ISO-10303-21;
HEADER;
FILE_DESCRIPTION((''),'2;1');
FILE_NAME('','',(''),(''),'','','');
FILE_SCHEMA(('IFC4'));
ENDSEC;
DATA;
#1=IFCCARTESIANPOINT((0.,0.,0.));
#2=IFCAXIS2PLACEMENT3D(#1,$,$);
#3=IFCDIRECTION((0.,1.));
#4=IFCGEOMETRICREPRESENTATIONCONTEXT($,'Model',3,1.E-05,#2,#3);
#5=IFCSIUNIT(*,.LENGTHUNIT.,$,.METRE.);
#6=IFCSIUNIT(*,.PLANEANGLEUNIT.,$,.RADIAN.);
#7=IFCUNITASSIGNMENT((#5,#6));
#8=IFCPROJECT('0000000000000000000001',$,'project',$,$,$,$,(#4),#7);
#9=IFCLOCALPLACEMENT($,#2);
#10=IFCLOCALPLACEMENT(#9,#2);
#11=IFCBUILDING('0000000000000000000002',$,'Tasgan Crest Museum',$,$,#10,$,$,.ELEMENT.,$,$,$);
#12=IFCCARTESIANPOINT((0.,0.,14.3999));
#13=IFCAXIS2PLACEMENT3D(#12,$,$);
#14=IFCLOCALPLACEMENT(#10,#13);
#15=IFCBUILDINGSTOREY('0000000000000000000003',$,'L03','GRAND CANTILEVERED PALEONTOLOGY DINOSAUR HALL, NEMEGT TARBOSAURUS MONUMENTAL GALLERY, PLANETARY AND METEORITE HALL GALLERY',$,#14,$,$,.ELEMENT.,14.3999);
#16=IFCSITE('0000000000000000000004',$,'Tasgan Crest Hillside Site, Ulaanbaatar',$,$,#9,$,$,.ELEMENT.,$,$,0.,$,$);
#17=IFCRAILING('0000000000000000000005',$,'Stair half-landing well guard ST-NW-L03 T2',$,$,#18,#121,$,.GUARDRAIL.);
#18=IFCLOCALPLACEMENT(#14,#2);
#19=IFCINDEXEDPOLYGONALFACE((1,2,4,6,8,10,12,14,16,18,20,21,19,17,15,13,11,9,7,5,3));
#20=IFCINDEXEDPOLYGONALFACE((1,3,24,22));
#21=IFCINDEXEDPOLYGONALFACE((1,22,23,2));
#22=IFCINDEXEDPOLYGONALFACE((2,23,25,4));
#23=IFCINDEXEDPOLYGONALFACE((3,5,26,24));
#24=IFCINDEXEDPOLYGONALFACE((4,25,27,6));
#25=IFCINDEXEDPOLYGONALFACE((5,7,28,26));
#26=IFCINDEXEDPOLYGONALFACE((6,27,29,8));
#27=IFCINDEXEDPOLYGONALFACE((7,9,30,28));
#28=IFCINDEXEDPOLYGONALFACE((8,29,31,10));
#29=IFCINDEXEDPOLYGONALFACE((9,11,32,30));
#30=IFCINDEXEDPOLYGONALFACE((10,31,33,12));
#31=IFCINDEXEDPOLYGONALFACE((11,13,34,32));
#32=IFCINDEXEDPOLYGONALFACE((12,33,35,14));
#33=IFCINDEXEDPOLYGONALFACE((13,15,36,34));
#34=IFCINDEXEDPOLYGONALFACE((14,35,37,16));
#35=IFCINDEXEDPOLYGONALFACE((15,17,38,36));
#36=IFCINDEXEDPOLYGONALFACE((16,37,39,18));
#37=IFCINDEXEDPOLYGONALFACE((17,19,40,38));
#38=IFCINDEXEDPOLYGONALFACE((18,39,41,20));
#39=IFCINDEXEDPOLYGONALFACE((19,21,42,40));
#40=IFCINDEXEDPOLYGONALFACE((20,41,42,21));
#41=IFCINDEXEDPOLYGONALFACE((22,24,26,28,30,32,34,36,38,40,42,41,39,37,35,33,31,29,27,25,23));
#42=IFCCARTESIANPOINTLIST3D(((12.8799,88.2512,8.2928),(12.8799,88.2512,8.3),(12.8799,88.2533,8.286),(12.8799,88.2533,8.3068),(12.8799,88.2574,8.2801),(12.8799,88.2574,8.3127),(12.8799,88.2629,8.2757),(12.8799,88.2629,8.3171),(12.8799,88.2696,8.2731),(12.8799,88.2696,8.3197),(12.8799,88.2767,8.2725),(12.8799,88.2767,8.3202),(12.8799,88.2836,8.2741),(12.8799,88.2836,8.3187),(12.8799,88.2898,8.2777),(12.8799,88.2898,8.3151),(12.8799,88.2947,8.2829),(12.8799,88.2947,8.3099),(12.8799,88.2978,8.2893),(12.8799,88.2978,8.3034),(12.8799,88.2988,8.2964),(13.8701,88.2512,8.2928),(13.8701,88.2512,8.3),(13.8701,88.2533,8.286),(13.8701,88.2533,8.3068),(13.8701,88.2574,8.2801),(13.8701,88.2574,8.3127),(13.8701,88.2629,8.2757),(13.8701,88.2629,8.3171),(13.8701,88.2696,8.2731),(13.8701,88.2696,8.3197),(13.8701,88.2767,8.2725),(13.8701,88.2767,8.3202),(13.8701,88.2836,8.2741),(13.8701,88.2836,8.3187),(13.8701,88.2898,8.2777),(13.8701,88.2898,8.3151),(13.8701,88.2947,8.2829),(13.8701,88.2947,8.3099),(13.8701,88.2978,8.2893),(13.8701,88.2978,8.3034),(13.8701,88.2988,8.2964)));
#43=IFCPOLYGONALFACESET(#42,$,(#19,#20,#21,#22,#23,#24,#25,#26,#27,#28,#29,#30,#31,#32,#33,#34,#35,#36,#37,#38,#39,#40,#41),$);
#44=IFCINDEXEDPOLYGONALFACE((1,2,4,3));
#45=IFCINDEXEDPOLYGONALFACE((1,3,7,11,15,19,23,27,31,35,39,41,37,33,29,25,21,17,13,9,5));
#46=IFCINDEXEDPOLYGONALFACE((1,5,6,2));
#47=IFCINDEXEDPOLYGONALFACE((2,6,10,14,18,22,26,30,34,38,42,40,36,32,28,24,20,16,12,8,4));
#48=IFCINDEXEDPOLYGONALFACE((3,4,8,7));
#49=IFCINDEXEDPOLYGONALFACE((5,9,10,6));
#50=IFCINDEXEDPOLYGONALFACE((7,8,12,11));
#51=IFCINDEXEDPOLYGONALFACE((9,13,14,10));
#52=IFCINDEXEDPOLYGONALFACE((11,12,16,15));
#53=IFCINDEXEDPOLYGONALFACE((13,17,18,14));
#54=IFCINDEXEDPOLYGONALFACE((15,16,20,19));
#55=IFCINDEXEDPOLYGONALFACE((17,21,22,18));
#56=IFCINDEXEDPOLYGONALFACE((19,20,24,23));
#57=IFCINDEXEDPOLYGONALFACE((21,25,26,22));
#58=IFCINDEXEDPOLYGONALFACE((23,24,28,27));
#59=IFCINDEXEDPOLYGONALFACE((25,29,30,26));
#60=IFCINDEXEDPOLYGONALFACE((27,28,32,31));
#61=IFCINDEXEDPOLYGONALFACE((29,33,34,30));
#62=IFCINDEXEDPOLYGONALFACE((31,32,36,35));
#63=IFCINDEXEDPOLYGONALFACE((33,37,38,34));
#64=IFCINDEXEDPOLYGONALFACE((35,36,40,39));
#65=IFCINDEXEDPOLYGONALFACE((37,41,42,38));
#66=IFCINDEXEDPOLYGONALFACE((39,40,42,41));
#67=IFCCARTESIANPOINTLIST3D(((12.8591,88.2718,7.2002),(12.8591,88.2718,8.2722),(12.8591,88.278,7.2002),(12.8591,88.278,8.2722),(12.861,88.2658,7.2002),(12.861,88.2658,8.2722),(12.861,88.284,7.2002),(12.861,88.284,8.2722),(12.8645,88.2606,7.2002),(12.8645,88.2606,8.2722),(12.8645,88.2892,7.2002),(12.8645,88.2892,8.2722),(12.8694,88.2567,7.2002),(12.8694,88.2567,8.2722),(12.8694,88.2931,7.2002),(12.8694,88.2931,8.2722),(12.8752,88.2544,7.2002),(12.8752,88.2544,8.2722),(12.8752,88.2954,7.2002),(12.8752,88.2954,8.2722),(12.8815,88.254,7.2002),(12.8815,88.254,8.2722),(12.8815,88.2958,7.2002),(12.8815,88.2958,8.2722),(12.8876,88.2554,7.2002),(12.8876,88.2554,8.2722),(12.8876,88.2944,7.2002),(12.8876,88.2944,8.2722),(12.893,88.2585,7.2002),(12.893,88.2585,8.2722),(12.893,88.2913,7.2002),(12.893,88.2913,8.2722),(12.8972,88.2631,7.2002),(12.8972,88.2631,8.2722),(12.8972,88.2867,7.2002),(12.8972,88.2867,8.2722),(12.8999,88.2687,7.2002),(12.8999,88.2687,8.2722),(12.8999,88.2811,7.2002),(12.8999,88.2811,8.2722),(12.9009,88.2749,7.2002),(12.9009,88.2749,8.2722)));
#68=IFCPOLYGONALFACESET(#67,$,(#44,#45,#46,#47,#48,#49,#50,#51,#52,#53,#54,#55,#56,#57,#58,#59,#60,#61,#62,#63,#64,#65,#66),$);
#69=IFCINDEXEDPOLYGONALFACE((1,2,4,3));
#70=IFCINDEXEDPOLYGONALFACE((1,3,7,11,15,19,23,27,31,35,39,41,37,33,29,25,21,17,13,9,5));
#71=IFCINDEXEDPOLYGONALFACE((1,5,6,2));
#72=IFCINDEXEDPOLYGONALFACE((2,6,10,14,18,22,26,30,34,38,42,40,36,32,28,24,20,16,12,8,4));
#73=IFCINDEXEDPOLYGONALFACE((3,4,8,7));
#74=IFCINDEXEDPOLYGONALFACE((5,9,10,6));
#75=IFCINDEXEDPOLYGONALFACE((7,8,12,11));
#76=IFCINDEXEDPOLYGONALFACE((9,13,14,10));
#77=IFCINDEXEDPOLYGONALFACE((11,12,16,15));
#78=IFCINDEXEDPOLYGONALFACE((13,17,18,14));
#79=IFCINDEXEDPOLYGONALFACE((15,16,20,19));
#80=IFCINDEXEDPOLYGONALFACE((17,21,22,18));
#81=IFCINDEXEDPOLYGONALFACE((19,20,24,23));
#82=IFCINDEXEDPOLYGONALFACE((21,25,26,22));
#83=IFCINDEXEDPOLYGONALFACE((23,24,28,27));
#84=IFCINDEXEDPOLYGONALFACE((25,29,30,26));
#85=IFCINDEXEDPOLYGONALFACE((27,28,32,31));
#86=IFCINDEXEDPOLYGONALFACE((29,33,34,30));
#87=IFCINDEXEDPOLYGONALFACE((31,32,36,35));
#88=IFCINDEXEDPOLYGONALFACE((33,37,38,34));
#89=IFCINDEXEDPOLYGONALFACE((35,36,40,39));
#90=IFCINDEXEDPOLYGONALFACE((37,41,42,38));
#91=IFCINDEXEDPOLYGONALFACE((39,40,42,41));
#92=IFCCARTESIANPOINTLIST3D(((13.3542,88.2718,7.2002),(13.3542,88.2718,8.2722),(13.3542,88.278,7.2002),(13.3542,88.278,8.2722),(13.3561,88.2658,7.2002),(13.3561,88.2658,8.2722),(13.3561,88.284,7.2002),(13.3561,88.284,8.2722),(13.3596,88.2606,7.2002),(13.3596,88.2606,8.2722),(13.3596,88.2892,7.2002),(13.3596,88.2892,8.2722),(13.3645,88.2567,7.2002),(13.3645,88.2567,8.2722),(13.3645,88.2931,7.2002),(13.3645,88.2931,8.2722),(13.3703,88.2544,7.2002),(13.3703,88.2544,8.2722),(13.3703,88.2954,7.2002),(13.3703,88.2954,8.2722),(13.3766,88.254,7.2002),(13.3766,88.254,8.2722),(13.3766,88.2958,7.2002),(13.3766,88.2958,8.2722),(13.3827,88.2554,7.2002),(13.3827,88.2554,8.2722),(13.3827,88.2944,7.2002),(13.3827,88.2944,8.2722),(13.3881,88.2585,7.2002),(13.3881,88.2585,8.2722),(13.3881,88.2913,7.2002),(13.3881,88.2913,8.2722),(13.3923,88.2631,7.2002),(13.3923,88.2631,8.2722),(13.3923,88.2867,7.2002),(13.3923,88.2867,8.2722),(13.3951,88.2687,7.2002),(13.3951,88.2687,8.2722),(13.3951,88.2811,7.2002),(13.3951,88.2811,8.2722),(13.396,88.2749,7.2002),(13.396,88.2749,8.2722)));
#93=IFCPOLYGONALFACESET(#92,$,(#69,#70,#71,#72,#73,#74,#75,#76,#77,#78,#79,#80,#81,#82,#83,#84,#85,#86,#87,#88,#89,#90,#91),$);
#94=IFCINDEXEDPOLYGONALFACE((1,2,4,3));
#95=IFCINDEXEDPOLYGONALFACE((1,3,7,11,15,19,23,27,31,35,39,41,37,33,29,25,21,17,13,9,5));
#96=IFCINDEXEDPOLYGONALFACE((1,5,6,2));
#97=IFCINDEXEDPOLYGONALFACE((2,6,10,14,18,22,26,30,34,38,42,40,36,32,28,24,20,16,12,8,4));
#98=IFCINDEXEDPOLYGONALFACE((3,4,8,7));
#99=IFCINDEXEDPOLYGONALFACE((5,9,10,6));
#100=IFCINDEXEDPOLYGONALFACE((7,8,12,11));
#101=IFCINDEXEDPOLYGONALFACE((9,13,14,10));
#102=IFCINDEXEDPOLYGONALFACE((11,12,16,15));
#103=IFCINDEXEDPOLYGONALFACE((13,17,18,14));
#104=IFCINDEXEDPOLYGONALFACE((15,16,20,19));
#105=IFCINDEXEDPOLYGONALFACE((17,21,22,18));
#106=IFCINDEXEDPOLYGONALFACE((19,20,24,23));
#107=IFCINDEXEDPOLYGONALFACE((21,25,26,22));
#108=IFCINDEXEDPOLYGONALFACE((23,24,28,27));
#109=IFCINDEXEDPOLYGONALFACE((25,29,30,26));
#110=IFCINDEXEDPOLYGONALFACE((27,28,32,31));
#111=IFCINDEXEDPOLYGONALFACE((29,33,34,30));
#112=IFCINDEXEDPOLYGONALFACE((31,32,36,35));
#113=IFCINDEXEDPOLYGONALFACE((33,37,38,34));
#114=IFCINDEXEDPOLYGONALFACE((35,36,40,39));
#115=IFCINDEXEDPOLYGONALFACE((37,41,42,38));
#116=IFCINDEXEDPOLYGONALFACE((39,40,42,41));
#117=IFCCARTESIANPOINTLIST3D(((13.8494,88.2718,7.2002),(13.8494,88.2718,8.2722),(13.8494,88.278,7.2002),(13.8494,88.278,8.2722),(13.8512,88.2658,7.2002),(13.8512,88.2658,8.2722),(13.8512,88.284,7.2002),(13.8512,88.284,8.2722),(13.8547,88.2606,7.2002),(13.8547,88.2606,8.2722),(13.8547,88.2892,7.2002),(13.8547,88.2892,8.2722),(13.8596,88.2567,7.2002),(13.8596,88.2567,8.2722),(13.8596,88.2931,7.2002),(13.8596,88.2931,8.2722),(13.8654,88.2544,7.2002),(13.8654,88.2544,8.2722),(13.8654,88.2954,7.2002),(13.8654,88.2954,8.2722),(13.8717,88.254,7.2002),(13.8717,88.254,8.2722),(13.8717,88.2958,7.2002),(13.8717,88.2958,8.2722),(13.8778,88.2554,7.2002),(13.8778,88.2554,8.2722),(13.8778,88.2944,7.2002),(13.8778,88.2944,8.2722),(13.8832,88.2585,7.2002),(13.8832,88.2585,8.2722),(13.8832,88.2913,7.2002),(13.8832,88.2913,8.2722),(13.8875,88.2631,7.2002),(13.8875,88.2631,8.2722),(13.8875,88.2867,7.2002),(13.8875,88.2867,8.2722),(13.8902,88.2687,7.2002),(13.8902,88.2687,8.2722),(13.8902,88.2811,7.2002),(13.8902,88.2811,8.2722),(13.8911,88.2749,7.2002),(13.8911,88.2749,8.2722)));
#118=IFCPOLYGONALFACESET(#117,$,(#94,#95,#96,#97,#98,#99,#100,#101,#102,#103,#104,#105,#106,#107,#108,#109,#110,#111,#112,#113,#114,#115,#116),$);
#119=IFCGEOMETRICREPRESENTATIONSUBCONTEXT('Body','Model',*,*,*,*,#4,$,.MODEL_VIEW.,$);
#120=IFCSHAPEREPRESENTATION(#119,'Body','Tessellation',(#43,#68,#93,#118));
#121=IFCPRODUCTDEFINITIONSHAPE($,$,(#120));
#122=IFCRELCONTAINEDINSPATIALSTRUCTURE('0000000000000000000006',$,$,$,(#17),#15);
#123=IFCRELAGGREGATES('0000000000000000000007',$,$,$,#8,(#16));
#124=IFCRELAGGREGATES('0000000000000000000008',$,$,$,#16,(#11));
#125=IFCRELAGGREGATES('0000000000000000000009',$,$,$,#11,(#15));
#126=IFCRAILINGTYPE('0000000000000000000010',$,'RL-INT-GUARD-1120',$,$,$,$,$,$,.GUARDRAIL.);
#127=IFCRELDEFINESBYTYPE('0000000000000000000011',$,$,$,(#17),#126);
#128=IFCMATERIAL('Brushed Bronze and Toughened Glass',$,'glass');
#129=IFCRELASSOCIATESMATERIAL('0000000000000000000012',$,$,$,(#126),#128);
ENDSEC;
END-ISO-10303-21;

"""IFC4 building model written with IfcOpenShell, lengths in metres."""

from ifc_helpers import new_model, si_unit, direction, frame, origin, origin_2d, place, context, subcontext, project, spatial, circle, extrude, material, type_object, element, save


model = new_model("IFC4")

# Units and contexts
model_context = context("Model", 3, precision=1e-05, world=origin(), true_north=direction((0.0, 1.0)))
body_context = subcontext(model_context, "Body", "Model", "MODEL_VIEW")
ifc_project = project(units=[si_unit("LENGTHUNIT", "METRE"), si_unit("PLANEANGLEUNIT", "RADIAN")], contexts=[model_context])

# Site, building, storey
site_placement = place(None, origin())
site = spatial("IfcSite", under=ifc_project, at=site_placement, Name="Tasgan Crest Hillside Site, Ulaanbaatar", CompositionType="ELEMENT", RefElevation=0.0)
building_placement = place(site_placement, origin())
building = spatial("IfcBuilding", under=site, at=building_placement, Name="Tasgan Crest Museum", CompositionType="ELEMENT")
storey_placement = place(building_placement, frame((0.0, 0.0, 14.3999)))
storey = spatial("IfcBuildingStorey", under=building, at=storey_placement, Name="L03", Description="GRAND CANTILEVERED PALEONTOLOGY DINOSAUR HALL, NEMEGT TARBOSAURUS MONUMENTAL GALLERY, PLANETARY AND METEORITE HALL GALLERY", CompositionType="ELEMENT", Elevation=14.3999)

# Railing
ifc_material_1 = material(Name="Brushed Bronze and Toughened Glass", Category="glass")
railing_type_1 = type_object("IfcRailingType", Name="RL-INT-GUARD-1120", PredefinedType="GUARDRAIL", material=ifc_material_1)
railing_1_placement = place(storey_placement, frame((12.8799, 88.2749, 7.2002)))
element("IfcRailing", 1, at=railing_1_placement, inside=storey, type_object=railing_type_1, Name="Stair half-landing well guard ST-NW-L03 T2", PredefinedType="GUARDRAIL", context=body_context, shape_type="SweptSolid", body=[
    extrude(circle(Radius=0.0239, at=origin_2d()), frame((0.0, 0.0, 1.0962), z_axis=(1.0, 0.0, 0.0), x_axis=(0.0, 1.0, 0.0)), (0.0, 0.0, 1.0), 0.9902),
    extrude(circle(Radius=0.021, at=origin_2d()), origin(), (0.0, 0.0, 1.0), 1.072),
    extrude(circle(Radius=0.021, at=origin_2d()), frame((0.4951, 0.0, 0.0)), (0.0, 0.0, 1.0), 1.072),
    extrude(circle(Radius=0.021, at=origin_2d()), frame((0.9902, 0.0, 0.0)), (0.0, 0.0, 1.0), 1.072),
])

save(model, "model.ifc")
